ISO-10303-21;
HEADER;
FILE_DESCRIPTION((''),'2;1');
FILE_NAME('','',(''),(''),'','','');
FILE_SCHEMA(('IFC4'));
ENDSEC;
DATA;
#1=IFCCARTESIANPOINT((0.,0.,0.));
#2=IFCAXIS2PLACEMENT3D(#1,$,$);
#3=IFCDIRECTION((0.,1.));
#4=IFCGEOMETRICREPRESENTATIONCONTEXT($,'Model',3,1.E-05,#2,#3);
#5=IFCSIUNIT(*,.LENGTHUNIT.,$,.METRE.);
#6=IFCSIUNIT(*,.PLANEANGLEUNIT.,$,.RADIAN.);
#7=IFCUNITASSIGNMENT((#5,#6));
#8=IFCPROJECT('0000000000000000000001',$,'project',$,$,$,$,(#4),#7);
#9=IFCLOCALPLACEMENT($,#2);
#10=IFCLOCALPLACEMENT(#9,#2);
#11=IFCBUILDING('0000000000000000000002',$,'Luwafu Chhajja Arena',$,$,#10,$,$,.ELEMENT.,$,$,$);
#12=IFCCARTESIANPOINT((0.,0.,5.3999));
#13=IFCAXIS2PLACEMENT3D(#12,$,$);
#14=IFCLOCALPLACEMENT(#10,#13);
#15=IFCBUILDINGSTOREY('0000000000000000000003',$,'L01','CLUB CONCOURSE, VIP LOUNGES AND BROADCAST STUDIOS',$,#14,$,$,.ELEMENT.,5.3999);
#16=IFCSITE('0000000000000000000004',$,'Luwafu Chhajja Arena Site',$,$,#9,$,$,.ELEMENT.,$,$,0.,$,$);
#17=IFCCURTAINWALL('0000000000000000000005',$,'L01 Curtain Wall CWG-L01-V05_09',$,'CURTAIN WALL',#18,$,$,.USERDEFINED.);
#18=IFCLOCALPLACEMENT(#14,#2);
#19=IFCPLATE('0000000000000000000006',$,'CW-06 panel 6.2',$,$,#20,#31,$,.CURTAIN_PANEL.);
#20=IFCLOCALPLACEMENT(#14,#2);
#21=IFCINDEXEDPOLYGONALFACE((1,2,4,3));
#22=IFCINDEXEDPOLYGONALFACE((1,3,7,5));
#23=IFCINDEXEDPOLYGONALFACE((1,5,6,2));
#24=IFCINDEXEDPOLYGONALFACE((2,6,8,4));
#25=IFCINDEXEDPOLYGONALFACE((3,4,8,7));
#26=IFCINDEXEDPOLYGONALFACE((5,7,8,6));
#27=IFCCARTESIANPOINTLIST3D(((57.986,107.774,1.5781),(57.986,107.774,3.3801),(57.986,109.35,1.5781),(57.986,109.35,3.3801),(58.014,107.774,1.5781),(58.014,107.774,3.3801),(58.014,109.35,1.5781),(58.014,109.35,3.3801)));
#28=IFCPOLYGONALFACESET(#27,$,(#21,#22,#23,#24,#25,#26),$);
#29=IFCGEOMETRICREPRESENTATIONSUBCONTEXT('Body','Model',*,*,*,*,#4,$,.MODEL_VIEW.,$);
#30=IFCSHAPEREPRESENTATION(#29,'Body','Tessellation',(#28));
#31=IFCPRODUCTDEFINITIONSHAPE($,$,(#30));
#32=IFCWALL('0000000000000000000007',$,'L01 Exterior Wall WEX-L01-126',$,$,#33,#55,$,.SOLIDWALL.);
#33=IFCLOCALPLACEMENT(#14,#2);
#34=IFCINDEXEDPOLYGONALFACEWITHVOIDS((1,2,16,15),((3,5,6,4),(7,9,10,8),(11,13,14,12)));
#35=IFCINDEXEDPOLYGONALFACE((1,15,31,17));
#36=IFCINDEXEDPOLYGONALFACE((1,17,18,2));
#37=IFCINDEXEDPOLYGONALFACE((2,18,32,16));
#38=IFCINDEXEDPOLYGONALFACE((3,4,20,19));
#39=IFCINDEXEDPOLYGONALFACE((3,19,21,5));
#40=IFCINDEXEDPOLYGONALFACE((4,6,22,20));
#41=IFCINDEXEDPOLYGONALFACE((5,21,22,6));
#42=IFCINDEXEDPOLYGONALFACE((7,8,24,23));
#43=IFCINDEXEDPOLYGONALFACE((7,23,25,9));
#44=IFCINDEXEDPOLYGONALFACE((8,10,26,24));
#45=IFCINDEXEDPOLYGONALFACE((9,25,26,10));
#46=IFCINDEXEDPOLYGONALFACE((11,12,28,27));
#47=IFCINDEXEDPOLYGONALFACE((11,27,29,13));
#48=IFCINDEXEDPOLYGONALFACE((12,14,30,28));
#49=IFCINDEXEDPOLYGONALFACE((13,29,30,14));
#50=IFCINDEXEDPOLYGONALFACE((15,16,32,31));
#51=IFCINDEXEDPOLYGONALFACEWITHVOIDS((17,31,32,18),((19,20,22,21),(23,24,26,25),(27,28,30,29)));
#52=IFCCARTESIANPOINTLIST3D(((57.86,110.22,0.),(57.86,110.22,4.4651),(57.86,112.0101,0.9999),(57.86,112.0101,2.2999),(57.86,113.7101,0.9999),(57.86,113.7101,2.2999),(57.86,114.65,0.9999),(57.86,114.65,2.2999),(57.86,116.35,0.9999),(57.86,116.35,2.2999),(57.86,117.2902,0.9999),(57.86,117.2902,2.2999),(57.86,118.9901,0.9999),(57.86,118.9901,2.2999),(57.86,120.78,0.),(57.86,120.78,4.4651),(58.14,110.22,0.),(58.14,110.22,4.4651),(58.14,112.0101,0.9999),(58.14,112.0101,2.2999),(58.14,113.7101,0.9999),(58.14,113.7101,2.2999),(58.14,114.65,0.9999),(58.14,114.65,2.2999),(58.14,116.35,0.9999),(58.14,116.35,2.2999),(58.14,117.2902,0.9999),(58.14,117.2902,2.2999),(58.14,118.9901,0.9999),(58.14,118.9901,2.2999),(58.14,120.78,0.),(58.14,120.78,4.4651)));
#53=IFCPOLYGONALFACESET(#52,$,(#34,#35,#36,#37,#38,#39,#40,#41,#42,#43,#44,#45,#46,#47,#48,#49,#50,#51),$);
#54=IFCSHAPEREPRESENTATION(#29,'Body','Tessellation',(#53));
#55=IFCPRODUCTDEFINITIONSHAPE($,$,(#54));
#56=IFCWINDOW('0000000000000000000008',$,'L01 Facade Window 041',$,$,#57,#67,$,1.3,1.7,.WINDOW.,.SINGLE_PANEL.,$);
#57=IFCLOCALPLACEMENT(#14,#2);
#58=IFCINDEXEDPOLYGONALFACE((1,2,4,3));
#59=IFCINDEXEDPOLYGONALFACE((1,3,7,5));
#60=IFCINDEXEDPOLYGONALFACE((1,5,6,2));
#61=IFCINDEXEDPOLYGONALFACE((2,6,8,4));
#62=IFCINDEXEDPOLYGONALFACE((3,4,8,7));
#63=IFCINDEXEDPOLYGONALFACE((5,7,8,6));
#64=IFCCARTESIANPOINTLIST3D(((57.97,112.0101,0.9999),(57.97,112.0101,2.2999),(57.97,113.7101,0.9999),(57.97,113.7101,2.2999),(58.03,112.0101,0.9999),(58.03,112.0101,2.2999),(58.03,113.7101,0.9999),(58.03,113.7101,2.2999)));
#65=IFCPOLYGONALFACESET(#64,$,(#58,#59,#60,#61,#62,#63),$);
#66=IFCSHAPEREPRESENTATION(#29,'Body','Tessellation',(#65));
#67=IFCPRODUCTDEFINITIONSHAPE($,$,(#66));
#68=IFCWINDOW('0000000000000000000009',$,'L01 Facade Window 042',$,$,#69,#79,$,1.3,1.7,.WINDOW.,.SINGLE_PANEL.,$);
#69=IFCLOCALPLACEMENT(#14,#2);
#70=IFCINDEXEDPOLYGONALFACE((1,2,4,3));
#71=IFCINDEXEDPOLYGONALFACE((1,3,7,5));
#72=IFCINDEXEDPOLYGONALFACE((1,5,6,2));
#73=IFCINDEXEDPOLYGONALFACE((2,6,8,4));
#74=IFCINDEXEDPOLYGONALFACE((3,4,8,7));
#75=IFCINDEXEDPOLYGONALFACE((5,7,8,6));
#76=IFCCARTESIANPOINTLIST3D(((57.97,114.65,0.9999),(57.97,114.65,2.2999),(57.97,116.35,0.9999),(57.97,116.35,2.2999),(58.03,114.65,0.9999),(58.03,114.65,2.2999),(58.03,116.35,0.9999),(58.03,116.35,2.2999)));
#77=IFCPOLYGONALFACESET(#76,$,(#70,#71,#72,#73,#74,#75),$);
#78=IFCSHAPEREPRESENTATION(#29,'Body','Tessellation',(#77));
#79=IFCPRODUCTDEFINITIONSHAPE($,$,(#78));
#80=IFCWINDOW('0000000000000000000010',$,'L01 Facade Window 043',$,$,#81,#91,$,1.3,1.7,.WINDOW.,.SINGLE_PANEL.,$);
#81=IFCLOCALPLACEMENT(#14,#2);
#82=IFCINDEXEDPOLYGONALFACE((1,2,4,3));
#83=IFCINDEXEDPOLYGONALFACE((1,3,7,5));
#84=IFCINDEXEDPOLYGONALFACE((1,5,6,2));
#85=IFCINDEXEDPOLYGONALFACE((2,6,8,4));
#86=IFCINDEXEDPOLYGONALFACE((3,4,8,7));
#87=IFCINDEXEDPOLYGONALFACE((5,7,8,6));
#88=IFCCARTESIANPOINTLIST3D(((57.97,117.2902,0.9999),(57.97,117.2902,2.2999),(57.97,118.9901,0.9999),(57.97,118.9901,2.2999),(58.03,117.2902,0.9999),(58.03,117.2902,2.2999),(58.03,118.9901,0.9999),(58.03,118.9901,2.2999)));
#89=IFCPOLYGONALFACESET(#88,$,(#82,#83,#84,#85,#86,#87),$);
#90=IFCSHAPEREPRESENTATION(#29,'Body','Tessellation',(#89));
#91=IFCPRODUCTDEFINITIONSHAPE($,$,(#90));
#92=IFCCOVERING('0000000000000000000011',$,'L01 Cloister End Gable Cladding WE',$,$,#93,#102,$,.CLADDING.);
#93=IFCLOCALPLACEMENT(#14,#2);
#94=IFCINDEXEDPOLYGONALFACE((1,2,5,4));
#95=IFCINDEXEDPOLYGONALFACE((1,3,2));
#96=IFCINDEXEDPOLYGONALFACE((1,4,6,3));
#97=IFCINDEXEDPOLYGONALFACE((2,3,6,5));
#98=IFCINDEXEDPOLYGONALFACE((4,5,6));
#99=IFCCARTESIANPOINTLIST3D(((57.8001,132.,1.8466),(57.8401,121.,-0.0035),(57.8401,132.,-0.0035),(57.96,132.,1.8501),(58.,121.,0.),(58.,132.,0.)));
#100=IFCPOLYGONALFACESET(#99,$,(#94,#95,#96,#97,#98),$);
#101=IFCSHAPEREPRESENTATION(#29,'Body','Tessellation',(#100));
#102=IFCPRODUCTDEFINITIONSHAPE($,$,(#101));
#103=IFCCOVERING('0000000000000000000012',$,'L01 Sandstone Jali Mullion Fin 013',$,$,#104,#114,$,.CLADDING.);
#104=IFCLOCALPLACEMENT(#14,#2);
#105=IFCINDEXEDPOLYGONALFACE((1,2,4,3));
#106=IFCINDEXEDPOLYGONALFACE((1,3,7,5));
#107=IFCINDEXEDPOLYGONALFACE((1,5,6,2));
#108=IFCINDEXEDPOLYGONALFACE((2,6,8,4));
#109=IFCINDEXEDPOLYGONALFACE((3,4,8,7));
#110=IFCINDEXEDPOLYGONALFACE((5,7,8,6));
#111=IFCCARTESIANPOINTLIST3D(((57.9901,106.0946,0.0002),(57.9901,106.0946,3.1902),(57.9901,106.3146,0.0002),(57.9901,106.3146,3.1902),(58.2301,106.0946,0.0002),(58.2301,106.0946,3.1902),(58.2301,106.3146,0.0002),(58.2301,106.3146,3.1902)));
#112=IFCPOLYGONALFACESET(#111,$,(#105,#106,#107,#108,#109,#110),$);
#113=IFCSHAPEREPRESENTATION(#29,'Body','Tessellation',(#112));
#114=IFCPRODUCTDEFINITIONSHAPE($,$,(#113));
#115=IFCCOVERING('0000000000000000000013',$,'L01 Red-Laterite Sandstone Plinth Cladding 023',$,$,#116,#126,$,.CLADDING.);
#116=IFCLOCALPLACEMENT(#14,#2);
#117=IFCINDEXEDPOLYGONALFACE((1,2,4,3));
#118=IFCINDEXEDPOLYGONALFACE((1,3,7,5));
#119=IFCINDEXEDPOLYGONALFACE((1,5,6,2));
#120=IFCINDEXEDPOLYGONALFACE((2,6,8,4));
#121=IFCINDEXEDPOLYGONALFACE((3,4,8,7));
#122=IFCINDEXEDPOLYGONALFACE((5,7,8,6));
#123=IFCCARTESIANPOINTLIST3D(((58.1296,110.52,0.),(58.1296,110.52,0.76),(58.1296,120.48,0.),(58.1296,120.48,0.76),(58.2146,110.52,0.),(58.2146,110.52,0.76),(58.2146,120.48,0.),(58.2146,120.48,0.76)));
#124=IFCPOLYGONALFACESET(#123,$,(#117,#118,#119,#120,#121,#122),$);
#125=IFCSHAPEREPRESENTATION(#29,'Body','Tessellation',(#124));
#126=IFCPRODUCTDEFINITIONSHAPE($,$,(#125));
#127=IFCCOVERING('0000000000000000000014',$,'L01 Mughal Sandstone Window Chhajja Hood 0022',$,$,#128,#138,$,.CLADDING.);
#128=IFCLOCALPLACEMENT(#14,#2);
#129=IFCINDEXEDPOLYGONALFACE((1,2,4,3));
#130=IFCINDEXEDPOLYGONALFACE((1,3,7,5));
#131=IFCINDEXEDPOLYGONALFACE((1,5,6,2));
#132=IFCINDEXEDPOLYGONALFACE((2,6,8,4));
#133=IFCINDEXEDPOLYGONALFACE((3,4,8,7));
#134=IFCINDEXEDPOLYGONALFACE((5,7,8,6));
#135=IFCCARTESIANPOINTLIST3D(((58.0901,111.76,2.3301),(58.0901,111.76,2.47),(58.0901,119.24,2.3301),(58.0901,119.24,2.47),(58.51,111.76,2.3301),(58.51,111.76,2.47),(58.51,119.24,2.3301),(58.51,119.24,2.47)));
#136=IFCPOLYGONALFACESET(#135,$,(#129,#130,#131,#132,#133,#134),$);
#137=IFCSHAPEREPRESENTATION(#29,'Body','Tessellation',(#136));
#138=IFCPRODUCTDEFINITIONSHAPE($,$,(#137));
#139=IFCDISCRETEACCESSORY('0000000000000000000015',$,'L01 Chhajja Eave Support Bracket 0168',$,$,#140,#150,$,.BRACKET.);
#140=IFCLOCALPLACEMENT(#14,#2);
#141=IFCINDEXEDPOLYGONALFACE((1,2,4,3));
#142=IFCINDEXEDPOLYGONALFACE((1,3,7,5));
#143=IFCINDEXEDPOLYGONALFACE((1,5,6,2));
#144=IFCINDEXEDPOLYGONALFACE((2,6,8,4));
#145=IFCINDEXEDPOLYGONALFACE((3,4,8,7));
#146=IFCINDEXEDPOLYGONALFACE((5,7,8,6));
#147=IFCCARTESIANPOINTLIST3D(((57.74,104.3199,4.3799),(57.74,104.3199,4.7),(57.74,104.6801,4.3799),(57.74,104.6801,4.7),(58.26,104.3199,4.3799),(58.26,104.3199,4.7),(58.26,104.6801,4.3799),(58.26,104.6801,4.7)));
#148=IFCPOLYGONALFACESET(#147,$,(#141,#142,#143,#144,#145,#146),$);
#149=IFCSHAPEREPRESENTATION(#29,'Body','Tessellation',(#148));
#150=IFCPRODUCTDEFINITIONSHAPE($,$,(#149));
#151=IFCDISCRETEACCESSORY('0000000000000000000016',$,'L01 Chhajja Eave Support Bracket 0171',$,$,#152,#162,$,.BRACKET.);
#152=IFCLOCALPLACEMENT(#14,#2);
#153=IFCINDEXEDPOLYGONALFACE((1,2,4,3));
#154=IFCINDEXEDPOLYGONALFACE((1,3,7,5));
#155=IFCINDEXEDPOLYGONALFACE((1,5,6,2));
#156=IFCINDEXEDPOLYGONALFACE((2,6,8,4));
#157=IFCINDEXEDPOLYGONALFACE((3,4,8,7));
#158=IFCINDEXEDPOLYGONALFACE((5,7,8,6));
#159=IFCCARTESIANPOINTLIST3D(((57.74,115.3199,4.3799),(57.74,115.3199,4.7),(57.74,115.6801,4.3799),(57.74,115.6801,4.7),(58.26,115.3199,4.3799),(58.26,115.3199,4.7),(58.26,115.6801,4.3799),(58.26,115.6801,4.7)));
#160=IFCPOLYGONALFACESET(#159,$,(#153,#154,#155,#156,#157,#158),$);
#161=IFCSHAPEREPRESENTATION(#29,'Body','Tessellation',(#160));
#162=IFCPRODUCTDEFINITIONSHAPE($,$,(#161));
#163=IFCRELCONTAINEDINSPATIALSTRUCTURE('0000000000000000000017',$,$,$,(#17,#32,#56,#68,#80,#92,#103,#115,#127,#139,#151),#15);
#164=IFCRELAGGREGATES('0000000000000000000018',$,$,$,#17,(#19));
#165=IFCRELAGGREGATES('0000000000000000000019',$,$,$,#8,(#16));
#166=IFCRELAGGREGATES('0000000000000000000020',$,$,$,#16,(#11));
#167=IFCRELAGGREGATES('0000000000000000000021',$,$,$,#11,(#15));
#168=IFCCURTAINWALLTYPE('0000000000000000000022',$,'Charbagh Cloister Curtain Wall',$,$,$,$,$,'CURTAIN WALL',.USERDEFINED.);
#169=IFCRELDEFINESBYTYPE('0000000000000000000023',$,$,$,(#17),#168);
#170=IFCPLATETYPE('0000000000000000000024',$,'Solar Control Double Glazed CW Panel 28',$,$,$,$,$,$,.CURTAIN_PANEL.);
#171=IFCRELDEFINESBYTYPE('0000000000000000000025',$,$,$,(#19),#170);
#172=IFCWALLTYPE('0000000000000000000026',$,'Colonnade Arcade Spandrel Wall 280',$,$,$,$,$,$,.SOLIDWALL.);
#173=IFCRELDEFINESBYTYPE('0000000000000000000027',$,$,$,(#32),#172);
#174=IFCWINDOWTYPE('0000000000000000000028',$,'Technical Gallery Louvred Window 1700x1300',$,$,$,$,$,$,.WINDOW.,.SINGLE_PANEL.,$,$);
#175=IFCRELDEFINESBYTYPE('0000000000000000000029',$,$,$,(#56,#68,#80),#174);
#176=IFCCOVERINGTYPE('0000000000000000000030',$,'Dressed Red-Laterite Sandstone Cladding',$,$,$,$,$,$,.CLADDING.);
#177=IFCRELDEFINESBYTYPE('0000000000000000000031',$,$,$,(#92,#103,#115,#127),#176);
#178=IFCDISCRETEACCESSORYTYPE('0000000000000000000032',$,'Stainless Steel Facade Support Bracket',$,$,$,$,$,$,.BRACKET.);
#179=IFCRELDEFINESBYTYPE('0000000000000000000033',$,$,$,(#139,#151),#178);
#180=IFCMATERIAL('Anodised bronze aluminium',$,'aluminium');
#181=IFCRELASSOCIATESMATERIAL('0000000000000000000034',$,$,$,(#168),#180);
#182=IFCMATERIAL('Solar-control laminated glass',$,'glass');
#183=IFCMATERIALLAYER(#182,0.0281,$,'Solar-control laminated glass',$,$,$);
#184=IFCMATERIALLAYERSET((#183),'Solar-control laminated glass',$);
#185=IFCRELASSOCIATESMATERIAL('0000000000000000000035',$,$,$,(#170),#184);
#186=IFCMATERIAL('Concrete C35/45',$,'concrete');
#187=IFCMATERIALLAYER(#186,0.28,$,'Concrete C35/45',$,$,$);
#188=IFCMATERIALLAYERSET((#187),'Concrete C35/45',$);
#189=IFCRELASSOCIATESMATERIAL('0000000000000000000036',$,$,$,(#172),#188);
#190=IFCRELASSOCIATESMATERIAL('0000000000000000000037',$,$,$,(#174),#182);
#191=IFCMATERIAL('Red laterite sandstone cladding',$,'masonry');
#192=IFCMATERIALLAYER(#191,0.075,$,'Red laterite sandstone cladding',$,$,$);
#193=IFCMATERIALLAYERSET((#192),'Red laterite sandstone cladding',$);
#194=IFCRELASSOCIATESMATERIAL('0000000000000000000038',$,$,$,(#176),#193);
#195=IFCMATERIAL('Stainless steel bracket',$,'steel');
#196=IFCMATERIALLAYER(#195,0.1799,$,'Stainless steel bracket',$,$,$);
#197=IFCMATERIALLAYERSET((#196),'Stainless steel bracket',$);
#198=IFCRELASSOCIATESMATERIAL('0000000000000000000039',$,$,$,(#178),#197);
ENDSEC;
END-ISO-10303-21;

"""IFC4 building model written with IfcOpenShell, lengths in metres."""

from ifc_helpers import new_model, si_unit, direction, frame, frame_2d, origin, origin_2d, place, context, subcontext, project, spatial, polyline, rectangle, outline, extrude, material, layer, layer_set, type_object, element, fill, aggregate, save


model = new_model("IFC4")

# Units and contexts
model_context = context("Model", 3, precision=1e-05, world=origin(), true_north=direction((0.0, 1.0)))
body_context = subcontext(model_context, "Body", "Model", "MODEL_VIEW")
ifc_project = project(units=[si_unit("LENGTHUNIT", "METRE"), si_unit("PLANEANGLEUNIT", "RADIAN")], contexts=[model_context])

# Site, building, storey
site_placement = place(None, origin())
site = spatial("IfcSite", under=ifc_project, at=site_placement, Name="Luwafu Chhajja Arena Site", CompositionType="ELEMENT", RefElevation=0.0)
building_placement = place(site_placement, origin())
building = spatial("IfcBuilding", under=site, at=building_placement, Name="Luwafu Chhajja Arena", CompositionType="ELEMENT")
storey_placement = place(building_placement, frame((0.0, 0.0, 5.3999)))
storey = spatial("IfcBuildingStorey", under=building, at=storey_placement, Name="L01", Description="CLUB CONCOURSE, VIP LOUNGES AND BROADCAST STUDIOS", CompositionType="ELEMENT", Elevation=5.3999)

# Curtain wall
ifc_material_1 = material(Name="Anodised bronze aluminium", Category="aluminium")
curtain_wall_type = type_object("IfcCurtainWallType", Name="Charbagh Cloister Curtain Wall", ElementType="CURTAIN WALL", PredefinedType="USERDEFINED", material=ifc_material_1)
curtain_wall_placement = place(storey_placement, origin())
curtain_wall = element("IfcCurtainWall", 1, at=curtain_wall_placement, inside=storey, type_object=curtain_wall_type, Name="L01 Curtain Wall CWG-L01-V05_09", ObjectType="CURTAIN WALL", PredefinedType="USERDEFINED")

# Plate
ifc_material_2 = material(Name="Solar-control laminated glass", Category="glass")
ifc_layer_1 = layer(ifc_material_2, 0.0281, Name="Solar-control laminated glass")
ifc_layer_set_1 = layer_set([ifc_layer_1], Name="Solar-control laminated glass")
plate_type = type_object("IfcPlateType", Name="Solar Control Double Glazed CW Panel 28", PredefinedType="CURTAIN_PANEL", material=ifc_layer_set_1)
plate_1_placement = place(storey_placement, frame((58.0, 108.562, 1.5781), z_axis=(0.0, 0.0, 1.0), x_axis=(0.0, 1.0, 0.0)))
plate_1 = element("IfcPlate", 2, at=plate_1_placement, type_object=plate_type, Name="CW-06 panel 6.2", PredefinedType="CURTAIN_PANEL", context=body_context, shape_type="SweptSolid", body=[
    extrude(rectangle(XDim=1.5759, YDim=0.0281, at=origin_2d()), origin(), (0.0, 0.0, 1.0), 1.802),
])
aggregate(curtain_wall, [plate_1])

# Wall, openings, windows
ifc_material_3 = material(Name="Concrete C35/45", Category="concrete")
ifc_layer_2 = layer(ifc_material_3, 0.28, Name="Concrete C35/45")
ifc_layer_set_2 = layer_set([ifc_layer_2], Name="Concrete C35/45")
wall_type = type_object("IfcWallType", Name="Colonnade Arcade Spandrel Wall 280", PredefinedType="SOLIDWALL", material=ifc_layer_set_2)
wall_placement = place(storey_placement, frame((58.0, 110.22, 0.0), z_axis=(0.0, 0.0, 1.0), x_axis=(0.0, 1.0, 0.0)))
wall = element("IfcWall", 3, at=wall_placement, inside=storey, type_object=wall_type, Name="L01 Exterior Wall WEX-L01-126", PredefinedType="SOLIDWALL", context=body_context, shape_type="SweptSolid", body=[
    extrude(rectangle(XDim=10.5601, YDim=0.28, at=frame_2d((5.28, 0.0))), origin(), (0.0, 0.0, 1.0), 4.4651),
])
opening_1_placement = place(wall_placement, frame((1.79, 0.0, 1.0)))
opening_1 = element("IfcOpeningElement", 4, at=opening_1_placement, cuts=wall, PredefinedType="OPENING", context=body_context, shape_type="SweptSolid", body=[
    extrude(rectangle(XDim=1.7, YDim=1.3, at=frame_2d((0.8501, 0.6499))), frame((0.0, 0.1499, 0.0), z_axis=(0.0, -1.0, 0.0), x_axis=(1.0, 0.0, 0.0)), (0.0, 0.0, 1.0), 0.3),
])
opening_2_placement = place(wall_placement, frame((4.4299, 0.0, 1.0)))
opening_2 = element("IfcOpeningElement", 5, at=opening_2_placement, cuts=wall, PredefinedType="OPENING", context=body_context, shape_type="SweptSolid", body=[
    extrude(rectangle(XDim=1.7, YDim=1.3, at=frame_2d((0.8501, 0.6499))), frame((0.0, 0.1499, 0.0), z_axis=(0.0, -1.0, 0.0), x_axis=(1.0, 0.0, 0.0)), (0.0, 0.0, 1.0), 0.3),
])
opening_3_placement = place(wall_placement, frame((7.0701, 0.0, 1.0)))
opening_3 = element("IfcOpeningElement", 6, at=opening_3_placement, cuts=wall, PredefinedType="OPENING", context=body_context, shape_type="SweptSolid", body=[
    extrude(rectangle(XDim=1.7, YDim=1.3, at=frame_2d((0.8501, 0.6499))), frame((0.0, 0.1499, 0.0), z_axis=(0.0, -1.0, 0.0), x_axis=(1.0, 0.0, 0.0)), (0.0, 0.0, 1.0), 0.3),
])
window_type = type_object("IfcWindowType", Name="Technical Gallery Louvred Window 1700x1300", PartitioningType="SINGLE_PANEL", PredefinedType="WINDOW", material=ifc_material_2)
window_1_placement = place(opening_1_placement, origin())
window_1 = element("IfcWindow", 7, at=window_1_placement, inside=storey, type_object=window_type, Name="L01 Facade Window 041", OverallHeight=1.3, OverallWidth=1.7, PartitioningType="SINGLE_PANEL", PredefinedType="WINDOW", context=body_context, shape_type="SweptSolid", body=[
    extrude(rectangle(XDim=1.7, YDim=1.3, at=frame_2d((0.8501, 0.6499))), frame((0.0, 0.03, 0.0), z_axis=(0.0, -1.0, 0.0), x_axis=(1.0, 0.0, 0.0)), (0.0, 0.0, 1.0), 0.0601),
])
fill(opening_1, window_1)
window_2_placement = place(opening_2_placement, origin())
window_2 = element("IfcWindow", 8, at=window_2_placement, inside=storey, type_object=window_type, Name="L01 Facade Window 042", OverallHeight=1.3, OverallWidth=1.7, PartitioningType="SINGLE_PANEL", PredefinedType="WINDOW", context=body_context, shape_type="SweptSolid", body=[
    extrude(rectangle(XDim=1.7, YDim=1.3, at=frame_2d((0.8501, 0.6499))), frame((0.0, 0.03, 0.0), z_axis=(0.0, -1.0, 0.0), x_axis=(1.0, 0.0, 0.0)), (0.0, 0.0, 1.0), 0.0601),
])
fill(opening_2, window_2)
window_3_placement = place(opening_3_placement, origin())
window_3 = element("IfcWindow", 9, at=window_3_placement, inside=storey, type_object=window_type, Name="L01 Facade Window 043", OverallHeight=1.3, OverallWidth=1.7, PartitioningType="SINGLE_PANEL", PredefinedType="WINDOW", context=body_context, shape_type="SweptSolid", body=[
    extrude(rectangle(XDim=1.7, YDim=1.3, at=frame_2d((0.8501, 0.6499))), frame((0.0, 0.03, 0.0), z_axis=(0.0, -1.0, 0.0), x_axis=(1.0, 0.0, 0.0)), (0.0, 0.0, 1.0), 0.0601),
])
fill(opening_3, window_3)

# Coverings
ifc_material_4 = material(Name="Red laterite sandstone cladding", Category="masonry")
ifc_layer_3 = layer(ifc_material_4, 0.075, Name="Red laterite sandstone cladding")
ifc_layer_set_3 = layer_set([ifc_layer_3], Name="Red laterite sandstone cladding")
covering_type = type_object("IfcCoveringType", Name="Dressed Red-Laterite Sandstone Cladding", PredefinedType="CLADDING", material=ifc_layer_set_3)
covering_1_placement = place(storey_placement, frame((58.0, 121.0, 0.0), z_axis=(0.999766, 0.0, 0.021637), x_axis=(0.0, 1.0, 0.0)))
element("IfcCovering", 10, at=covering_1_placement, inside=storey, type_object=covering_type, Name="L01 Cloister End Gable Cladding WE", PredefinedType="CLADDING", context=body_context, shape_type="SweptSolid", body=[
    extrude(outline(polyline([(0.0, 0.0), (11.0, 0.0), (11.0, 1.8505), (0.0, 0.0)])), origin(), (0.0, 0.0, -1.0), 0.1599),
])
covering_2_placement = place(storey_placement, frame((58.1101, 106.2046, 0.0002), z_axis=(0.0, 0.0, 1.0), x_axis=(0.0, 1.0, 0.0)))
element("IfcCovering", 11, at=covering_2_placement, inside=storey, type_object=covering_type, Name="L01 Sandstone Jali Mullion Fin 013", PredefinedType="CLADDING", context=body_context, shape_type="SweptSolid", body=[
    extrude(rectangle(XDim=0.22, YDim=0.24, at=origin_2d()), origin(), (0.0, 0.0, 1.0), 3.1899),
])
covering_3_placement = place(storey_placement, frame((58.1721, 115.5, 0.0), z_axis=(0.0, 0.0, 1.0), x_axis=(0.0, 1.0, 0.0)))
element("IfcCovering", 12, at=covering_3_placement, inside=storey, type_object=covering_type, Name="L01 Red-Laterite Sandstone Plinth Cladding 023", PredefinedType="CLADDING", context=body_context, shape_type="SweptSolid", body=[
    extrude(rectangle(XDim=9.96, YDim=0.085, at=origin_2d()), origin(), (0.0, 0.0, 1.0), 0.76),
])
covering_4_placement = place(storey_placement, frame((58.3, 115.5, 2.3301), z_axis=(0.0, 0.0, 1.0), x_axis=(0.0, 1.0, 0.0)))
element("IfcCovering", 13, at=covering_4_placement, inside=storey, type_object=covering_type, Name="L01 Mughal Sandstone Window Chhajja Hood 0022", PredefinedType="CLADDING", context=body_context, shape_type="SweptSolid", body=[
    extrude(rectangle(XDim=7.48, YDim=0.4199, at=origin_2d()), origin(), (0.0, 0.0, 1.0), 0.1399),
])

# Discrete accessories
ifc_material_5 = material(Name="Stainless steel bracket", Category="steel")
ifc_layer_4 = layer(ifc_material_5, 0.1799, Name="Stainless steel bracket")
ifc_layer_set_4 = layer_set([ifc_layer_4], Name="Stainless steel bracket")
discrete_accessory_type = type_object("IfcDiscreteAccessoryType", Name="Stainless Steel Facade Support Bracket", PredefinedType="BRACKET", material=ifc_layer_set_4)
for number, where, z_axis, x_axis, name in (
    (14, (58.0, 104.5, 4.3799), (0.0, 0.0, 1.0), (0.0, 1.0, 0.0), "L01 Chhajja Eave Support Bracket 0168"),
    (15, (58.0, 115.5, 4.3799), (0.0, 0.0, 1.0), (0.0, 1.0, 0.0), "L01 Chhajja Eave Support Bracket 0171"),
):
    element("IfcDiscreteAccessory", number, at=place(storey_placement, frame(where, z_axis=z_axis, x_axis=x_axis)), inside=storey, type_object=discrete_accessory_type, Name=name, PredefinedType="BRACKET", context=body_context, shape_type="SweptSolid", body=[
        extrude(rectangle(XDim=0.3601, YDim=0.52, at=origin_2d()), origin(), (0.0, 0.0, 1.0), 0.3201),
    ])

save(model, "model.ifc")
